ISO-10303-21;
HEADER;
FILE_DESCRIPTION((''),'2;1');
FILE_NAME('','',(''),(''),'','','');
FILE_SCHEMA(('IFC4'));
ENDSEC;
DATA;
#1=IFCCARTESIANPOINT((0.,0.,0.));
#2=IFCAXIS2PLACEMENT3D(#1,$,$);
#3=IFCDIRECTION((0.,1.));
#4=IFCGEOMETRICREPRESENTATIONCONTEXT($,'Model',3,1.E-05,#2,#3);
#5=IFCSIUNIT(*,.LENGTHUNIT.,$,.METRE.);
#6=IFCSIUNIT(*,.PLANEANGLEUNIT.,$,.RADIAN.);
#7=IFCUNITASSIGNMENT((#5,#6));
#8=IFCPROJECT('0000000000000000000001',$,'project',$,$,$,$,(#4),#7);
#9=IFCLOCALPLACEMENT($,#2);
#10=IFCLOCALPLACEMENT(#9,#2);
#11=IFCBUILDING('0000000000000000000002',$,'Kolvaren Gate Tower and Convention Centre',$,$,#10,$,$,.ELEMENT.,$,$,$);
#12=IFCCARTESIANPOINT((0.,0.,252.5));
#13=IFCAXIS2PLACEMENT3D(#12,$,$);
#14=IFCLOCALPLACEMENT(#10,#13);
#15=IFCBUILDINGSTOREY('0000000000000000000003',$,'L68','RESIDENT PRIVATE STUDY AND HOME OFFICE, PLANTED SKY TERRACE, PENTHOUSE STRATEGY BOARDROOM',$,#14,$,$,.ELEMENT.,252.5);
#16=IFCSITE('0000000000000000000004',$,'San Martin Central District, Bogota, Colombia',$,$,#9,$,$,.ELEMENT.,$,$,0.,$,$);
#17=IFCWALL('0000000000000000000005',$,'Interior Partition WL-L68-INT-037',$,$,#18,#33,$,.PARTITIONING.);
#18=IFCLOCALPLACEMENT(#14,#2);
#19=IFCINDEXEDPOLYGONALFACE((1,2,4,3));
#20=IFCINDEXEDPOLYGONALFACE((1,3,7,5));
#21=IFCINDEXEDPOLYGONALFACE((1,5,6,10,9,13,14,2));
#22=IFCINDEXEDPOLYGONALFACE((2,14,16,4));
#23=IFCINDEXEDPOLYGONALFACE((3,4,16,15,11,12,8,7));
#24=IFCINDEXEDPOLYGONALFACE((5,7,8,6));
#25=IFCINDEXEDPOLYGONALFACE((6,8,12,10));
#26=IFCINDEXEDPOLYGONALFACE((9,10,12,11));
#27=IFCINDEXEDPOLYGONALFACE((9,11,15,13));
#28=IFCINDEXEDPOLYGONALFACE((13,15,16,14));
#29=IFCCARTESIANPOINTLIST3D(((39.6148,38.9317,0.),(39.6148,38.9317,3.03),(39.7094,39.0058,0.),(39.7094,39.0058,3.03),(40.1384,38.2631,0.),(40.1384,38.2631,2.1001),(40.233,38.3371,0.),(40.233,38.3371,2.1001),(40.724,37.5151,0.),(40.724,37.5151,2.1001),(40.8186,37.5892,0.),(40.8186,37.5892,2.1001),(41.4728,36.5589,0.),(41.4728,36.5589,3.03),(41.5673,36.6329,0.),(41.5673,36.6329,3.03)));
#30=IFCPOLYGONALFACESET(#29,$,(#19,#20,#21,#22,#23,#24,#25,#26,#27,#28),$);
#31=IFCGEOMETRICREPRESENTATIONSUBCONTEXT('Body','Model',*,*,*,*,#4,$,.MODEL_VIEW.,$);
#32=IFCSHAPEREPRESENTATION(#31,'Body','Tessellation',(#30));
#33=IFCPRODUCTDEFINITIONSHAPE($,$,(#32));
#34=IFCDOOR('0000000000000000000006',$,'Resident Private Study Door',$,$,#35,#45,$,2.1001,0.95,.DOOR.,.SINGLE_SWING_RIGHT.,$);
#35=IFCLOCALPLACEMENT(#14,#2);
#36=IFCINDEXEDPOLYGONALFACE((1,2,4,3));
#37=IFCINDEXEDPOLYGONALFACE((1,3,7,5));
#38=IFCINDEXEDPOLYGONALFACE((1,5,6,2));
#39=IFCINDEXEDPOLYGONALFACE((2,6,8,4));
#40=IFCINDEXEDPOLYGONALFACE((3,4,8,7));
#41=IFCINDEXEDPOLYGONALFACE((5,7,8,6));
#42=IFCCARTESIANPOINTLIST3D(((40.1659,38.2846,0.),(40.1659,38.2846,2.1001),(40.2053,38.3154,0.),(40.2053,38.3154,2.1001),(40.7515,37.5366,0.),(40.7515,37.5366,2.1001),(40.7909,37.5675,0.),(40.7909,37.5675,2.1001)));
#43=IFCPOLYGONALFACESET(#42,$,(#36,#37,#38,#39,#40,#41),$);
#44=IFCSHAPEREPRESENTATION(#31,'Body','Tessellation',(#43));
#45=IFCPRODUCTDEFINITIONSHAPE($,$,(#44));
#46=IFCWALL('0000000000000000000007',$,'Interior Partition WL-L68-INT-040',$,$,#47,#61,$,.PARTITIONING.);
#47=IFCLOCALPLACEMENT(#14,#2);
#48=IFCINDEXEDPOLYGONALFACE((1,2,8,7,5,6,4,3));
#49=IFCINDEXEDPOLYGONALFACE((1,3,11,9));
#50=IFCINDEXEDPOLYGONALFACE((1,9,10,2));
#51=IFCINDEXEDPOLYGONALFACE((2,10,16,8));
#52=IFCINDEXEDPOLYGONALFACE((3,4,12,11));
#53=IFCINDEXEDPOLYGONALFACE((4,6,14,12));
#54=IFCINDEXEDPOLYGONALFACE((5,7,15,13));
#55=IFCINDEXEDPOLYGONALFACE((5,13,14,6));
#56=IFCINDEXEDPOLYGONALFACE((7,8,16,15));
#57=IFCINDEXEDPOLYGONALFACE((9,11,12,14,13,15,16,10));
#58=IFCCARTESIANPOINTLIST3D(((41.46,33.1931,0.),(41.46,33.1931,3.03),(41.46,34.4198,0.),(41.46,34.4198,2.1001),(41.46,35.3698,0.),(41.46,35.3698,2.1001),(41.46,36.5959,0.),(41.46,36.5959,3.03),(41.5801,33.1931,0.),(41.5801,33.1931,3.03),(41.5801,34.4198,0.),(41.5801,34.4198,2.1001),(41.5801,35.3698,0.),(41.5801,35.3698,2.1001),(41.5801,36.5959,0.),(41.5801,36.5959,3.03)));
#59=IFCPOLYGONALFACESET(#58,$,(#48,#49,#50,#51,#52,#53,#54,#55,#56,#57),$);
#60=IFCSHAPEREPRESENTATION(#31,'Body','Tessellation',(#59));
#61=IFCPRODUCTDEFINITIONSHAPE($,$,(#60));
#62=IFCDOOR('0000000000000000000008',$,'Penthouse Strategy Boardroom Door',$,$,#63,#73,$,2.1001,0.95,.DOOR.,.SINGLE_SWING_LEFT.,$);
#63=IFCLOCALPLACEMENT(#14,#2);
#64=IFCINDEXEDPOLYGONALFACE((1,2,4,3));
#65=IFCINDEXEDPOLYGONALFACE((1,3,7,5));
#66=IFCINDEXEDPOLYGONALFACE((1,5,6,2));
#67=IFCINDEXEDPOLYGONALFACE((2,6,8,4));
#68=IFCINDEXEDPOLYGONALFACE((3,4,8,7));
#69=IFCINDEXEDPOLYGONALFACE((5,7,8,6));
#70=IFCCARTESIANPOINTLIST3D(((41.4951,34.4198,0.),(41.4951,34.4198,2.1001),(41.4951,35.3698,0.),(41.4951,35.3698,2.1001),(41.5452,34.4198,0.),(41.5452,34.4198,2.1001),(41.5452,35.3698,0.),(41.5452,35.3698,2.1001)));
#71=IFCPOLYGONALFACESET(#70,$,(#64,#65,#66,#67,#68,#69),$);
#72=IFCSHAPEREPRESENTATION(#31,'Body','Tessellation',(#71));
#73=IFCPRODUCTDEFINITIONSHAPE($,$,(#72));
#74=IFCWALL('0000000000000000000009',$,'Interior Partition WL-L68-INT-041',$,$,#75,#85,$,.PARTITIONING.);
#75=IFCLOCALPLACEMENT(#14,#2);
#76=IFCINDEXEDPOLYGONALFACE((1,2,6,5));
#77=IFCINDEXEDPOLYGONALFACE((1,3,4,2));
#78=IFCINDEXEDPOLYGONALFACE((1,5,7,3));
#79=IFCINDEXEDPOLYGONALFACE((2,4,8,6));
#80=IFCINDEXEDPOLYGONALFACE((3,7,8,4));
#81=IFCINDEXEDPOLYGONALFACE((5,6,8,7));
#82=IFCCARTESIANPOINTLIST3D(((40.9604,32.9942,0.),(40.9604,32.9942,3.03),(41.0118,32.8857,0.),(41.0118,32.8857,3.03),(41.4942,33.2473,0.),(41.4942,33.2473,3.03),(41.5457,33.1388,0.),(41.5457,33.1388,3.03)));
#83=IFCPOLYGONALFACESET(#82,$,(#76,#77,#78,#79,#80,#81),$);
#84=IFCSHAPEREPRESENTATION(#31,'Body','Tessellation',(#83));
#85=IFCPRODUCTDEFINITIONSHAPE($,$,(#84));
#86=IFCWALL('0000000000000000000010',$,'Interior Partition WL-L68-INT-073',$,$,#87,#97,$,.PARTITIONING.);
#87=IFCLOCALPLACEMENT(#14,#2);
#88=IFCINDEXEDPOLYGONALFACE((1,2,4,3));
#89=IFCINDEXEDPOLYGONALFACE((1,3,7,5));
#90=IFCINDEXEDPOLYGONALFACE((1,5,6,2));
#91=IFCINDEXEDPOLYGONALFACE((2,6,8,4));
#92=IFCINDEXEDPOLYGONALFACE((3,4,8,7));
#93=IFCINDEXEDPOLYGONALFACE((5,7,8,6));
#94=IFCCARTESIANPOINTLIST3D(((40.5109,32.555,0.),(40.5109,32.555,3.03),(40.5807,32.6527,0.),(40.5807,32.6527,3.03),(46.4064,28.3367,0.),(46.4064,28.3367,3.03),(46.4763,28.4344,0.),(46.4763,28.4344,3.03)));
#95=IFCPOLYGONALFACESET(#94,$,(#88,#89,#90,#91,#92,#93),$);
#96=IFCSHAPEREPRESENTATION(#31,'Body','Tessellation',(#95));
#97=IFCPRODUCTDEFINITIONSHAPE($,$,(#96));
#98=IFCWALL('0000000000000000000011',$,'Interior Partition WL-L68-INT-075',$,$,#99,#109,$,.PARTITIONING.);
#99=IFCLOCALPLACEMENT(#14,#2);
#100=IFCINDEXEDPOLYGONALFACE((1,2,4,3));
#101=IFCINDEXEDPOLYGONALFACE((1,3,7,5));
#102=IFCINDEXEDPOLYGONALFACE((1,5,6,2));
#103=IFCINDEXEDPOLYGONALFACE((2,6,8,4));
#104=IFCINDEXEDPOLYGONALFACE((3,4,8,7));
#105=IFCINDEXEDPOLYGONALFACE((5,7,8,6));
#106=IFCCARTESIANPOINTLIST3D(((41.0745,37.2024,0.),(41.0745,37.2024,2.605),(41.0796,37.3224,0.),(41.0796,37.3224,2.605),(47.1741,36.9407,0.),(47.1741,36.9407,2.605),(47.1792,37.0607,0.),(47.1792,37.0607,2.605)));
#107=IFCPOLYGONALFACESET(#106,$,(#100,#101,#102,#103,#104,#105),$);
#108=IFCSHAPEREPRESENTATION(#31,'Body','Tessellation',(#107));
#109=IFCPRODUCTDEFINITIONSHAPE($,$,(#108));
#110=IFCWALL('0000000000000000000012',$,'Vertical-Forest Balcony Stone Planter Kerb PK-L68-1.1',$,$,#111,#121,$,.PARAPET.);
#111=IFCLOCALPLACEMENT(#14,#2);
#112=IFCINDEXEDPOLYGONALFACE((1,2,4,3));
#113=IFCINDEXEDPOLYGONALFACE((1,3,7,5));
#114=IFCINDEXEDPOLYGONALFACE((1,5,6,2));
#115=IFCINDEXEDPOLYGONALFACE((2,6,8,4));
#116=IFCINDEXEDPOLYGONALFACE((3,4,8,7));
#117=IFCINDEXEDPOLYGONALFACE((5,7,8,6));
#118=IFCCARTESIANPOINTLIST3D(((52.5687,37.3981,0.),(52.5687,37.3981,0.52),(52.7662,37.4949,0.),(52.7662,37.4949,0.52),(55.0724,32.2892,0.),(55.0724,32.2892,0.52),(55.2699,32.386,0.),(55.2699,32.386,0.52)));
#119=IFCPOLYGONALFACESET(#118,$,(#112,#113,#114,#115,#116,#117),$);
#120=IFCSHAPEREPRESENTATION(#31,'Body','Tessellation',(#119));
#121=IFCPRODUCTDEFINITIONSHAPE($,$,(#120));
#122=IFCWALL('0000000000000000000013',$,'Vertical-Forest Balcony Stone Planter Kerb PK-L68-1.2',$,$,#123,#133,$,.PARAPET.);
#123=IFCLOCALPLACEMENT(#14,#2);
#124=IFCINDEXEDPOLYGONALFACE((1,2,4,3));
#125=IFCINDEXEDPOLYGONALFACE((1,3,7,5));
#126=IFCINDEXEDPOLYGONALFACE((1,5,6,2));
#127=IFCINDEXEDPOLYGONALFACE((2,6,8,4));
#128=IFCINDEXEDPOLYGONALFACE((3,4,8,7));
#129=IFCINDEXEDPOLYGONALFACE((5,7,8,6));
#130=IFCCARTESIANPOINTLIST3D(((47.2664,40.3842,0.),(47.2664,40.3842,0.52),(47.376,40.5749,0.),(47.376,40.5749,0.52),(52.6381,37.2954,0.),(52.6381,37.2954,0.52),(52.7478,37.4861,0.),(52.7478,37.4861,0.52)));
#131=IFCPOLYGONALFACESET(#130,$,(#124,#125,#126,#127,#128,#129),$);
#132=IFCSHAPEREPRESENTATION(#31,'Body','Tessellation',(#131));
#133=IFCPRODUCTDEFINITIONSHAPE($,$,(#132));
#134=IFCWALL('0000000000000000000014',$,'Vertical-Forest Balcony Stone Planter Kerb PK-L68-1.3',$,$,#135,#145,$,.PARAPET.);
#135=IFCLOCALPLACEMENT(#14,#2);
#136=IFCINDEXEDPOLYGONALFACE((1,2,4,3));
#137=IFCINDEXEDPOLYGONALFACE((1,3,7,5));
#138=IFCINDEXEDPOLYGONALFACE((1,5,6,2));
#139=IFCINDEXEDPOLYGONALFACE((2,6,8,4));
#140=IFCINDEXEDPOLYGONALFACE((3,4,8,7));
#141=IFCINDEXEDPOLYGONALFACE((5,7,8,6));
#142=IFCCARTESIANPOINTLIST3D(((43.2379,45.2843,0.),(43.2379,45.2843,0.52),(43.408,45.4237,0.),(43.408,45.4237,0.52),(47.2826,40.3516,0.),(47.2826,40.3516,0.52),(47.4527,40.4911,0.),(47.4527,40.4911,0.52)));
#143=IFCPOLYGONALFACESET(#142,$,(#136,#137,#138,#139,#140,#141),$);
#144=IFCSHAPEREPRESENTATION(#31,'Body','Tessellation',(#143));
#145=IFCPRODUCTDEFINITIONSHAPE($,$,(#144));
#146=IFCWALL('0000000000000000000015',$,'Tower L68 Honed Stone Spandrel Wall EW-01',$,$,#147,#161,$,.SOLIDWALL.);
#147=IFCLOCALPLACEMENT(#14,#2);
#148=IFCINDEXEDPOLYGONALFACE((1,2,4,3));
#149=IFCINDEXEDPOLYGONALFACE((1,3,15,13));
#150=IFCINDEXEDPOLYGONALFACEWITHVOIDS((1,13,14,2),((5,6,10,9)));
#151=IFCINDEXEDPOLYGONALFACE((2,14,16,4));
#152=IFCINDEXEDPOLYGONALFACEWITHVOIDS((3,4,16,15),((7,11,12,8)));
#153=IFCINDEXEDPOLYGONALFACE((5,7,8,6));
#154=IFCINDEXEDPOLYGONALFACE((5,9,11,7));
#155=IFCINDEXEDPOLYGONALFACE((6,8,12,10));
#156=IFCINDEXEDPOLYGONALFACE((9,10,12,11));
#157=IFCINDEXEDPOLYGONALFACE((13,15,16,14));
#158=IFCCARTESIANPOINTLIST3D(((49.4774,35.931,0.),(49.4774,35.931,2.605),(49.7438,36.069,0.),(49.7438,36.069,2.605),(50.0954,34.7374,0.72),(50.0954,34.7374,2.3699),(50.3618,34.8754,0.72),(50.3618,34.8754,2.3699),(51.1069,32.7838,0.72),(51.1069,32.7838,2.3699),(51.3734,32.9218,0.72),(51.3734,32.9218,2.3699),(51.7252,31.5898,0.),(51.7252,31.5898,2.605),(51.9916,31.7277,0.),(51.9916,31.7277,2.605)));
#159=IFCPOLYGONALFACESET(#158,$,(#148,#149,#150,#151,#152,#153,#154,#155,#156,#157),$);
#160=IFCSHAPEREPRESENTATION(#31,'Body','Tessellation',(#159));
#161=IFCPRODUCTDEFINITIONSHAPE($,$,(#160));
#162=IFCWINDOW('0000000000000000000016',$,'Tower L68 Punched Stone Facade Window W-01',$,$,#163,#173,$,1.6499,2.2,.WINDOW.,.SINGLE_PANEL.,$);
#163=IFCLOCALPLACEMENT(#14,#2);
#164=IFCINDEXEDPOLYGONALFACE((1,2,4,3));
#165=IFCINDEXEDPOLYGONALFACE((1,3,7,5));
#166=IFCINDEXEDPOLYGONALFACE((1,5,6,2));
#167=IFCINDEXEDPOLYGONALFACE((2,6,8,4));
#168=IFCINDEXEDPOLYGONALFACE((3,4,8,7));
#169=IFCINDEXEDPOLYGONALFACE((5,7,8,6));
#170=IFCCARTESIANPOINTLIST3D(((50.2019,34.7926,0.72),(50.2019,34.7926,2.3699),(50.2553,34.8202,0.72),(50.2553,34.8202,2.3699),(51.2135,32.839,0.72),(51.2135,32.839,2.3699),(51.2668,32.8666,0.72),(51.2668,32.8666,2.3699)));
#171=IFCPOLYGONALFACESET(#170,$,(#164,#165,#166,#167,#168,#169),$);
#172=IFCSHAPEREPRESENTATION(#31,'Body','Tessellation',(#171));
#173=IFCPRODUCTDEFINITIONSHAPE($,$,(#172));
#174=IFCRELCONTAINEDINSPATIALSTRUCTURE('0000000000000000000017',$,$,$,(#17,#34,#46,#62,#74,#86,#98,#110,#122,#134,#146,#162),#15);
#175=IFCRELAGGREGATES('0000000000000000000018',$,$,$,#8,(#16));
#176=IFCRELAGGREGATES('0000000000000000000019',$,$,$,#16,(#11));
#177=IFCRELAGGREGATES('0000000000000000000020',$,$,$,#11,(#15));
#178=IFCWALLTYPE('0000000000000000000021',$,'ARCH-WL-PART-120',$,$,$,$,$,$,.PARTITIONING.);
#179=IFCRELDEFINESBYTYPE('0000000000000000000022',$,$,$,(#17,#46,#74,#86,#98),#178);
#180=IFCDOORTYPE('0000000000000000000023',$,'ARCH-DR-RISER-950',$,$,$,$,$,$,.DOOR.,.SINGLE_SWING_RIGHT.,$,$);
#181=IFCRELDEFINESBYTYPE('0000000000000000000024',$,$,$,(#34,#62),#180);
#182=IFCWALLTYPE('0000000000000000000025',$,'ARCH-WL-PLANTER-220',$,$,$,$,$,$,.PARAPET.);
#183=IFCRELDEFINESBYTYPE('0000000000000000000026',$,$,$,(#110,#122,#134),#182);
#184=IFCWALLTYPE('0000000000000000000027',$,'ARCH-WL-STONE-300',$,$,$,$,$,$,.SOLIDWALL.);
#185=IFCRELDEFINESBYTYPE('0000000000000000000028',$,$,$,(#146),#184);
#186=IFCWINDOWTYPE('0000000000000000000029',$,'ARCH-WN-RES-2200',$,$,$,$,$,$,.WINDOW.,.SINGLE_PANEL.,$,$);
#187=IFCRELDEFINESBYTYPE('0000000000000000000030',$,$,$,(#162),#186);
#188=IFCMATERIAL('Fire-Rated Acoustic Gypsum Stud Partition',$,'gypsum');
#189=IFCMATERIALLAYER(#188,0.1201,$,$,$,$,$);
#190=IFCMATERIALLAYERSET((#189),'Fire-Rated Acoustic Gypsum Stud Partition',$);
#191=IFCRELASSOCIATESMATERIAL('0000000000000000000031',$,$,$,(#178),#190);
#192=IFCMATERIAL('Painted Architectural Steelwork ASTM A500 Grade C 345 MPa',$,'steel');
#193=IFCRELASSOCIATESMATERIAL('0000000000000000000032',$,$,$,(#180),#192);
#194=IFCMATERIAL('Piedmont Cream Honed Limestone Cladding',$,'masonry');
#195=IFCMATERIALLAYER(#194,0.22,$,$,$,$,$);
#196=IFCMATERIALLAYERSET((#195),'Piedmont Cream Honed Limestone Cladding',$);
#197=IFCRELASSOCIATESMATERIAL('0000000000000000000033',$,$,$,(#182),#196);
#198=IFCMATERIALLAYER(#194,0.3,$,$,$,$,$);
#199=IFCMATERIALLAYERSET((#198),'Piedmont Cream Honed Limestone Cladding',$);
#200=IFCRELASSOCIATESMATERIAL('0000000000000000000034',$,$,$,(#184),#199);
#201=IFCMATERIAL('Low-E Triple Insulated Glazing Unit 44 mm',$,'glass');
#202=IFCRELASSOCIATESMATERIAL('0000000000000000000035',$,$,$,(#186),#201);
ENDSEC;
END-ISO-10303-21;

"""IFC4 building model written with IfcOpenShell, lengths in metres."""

from ifc_helpers import new_model, si_unit, direction, frame, frame_2d, origin, place, context, subcontext, project, spatial, rectangle, extrude, material, layer, layer_set, type_object, element, fill, save


model = new_model("IFC4")

# Units and contexts
model_context = context("Model", 3, precision=1e-05, world=origin(), true_north=direction((0.0, 1.0)))
body_context = subcontext(model_context, "Body", "Model", "MODEL_VIEW")
ifc_project = project(units=[si_unit("LENGTHUNIT", "METRE"), si_unit("PLANEANGLEUNIT", "RADIAN")], contexts=[model_context])

# Site, building, storey
site_placement = place(None, origin())
site = spatial("IfcSite", under=ifc_project, at=site_placement, Name="San Martin Central District, Bogota, Colombia", CompositionType="ELEMENT", RefElevation=0.0)
building_placement = place(site_placement, origin())
building = spatial("IfcBuilding", under=site, at=building_placement, Name="Kolvaren Gate Tower and Convention Centre", CompositionType="ELEMENT")
storey_placement = place(building_placement, frame((0.0, 0.0, 252.5)))
storey = spatial("IfcBuildingStorey", under=building, at=storey_placement, Name="L68", Description="RESIDENT PRIVATE STUDY AND HOME OFFICE, PLANTED SKY TERRACE, PENTHOUSE STRATEGY BOARDROOM", CompositionType="ELEMENT", Elevation=252.5)

# Shared definitions
ifc_material_1 = material(Name="Fire-Rated Acoustic Gypsum Stud Partition", Category="gypsum")
ifc_layer_1 = layer(ifc_material_1, 0.1201)
ifc_layer_set_1 = layer_set([ifc_layer_1], Name="Fire-Rated Acoustic Gypsum Stud Partition")
wall_type_1 = type_object("IfcWallType", Name="ARCH-WL-PART-120", PredefinedType="PARTITIONING", material=ifc_layer_set_1)

# Walls, openings, doors
wall_1_placement = place(storey_placement, frame((39.6621, 38.9688, 0.0), z_axis=(0.0, 0.0, 1.0), x_axis=(0.6165, -0.787355, 0.0)))
wall_1 = element("IfcWall", 1, at=wall_1_placement, inside=storey, type_object=wall_type_1, Name="Interior Partition WL-L68-INT-037", PredefinedType="PARTITIONING", context=body_context, shape_type="SweptSolid", body=[
    extrude(rectangle(XDim=3.0137, YDim=0.1201, at=frame_2d((1.5068, 0.0))), origin(), (0.0, 0.0, 1.0), 3.03),
])
opening_1_placement = place(wall_1_placement, frame((0.8491, 0.0, 0.0)))
opening_1 = element("IfcOpeningElement", 2, at=opening_1_placement, cuts=wall_1, PredefinedType="OPENING", context=body_context, shape_type="SweptSolid", body=[
    extrude(rectangle(XDim=0.95, YDim=2.1001, at=frame_2d((0.4751, 1.05))), frame((0.0, 0.0701, 0.0), z_axis=(0.0, -1.0, 0.0), x_axis=(1.0, 0.0, 0.0)), (0.0, 0.0, 1.0), 0.1401),
])
ifc_material_2 = material(Name="Painted Architectural Steelwork ASTM A500 Grade C 345 MPa", Category="steel")
door_type_1 = type_object("IfcDoorType", Name="ARCH-DR-RISER-950", OperationType="SINGLE_SWING_RIGHT", PredefinedType="DOOR", material=ifc_material_2)
door_1_placement = place(opening_1_placement, origin())
door_1 = element("IfcDoor", 3, at=door_1_placement, inside=storey, type_object=door_type_1, Name="Resident Private Study Door", OperationType="SINGLE_SWING_RIGHT", OverallHeight=2.1001, OverallWidth=0.95, PredefinedType="DOOR", context=body_context, shape_type="SweptSolid", body=[
    extrude(rectangle(XDim=0.95, YDim=2.1001, at=frame_2d((0.4751, 1.05))), frame((0.0, 0.0249, 0.0), z_axis=(0.0, -1.0, 0.0), x_axis=(1.0, 0.0, 0.0)), (0.0, 0.0, 1.0), 0.05),
])
fill(opening_1, door_1)
wall_2_placement = place(storey_placement, frame((41.52, 33.1931, 0.0), z_axis=(0.0, 0.0, 1.0), x_axis=(0.0, 1.0, 0.0)))
wall_2 = element("IfcWall", 4, at=wall_2_placement, inside=storey, type_object=wall_type_1, Name="Interior Partition WL-L68-INT-040", PredefinedType="PARTITIONING", context=body_context, shape_type="SweptSolid", body=[
    extrude(rectangle(XDim=3.4028, YDim=0.1201, at=frame_2d((1.7014, 0.0))), origin(), (0.0, 0.0, 1.0), 3.03),
])
opening_2_placement = place(wall_2_placement, frame((1.2266, 0.0, 0.0)))
opening_2 = element("IfcOpeningElement", 5, at=opening_2_placement, cuts=wall_2, PredefinedType="OPENING", context=body_context, shape_type="SweptSolid", body=[
    extrude(rectangle(XDim=0.95, YDim=2.1001, at=frame_2d((0.4751, 1.05))), frame((0.0, 0.0701, 0.0), z_axis=(0.0, -1.0, 0.0), x_axis=(1.0, 0.0, 0.0)), (0.0, 0.0, 1.0), 0.1401),
])
door_2_placement = place(opening_2_placement, origin())
door_2 = element("IfcDoor", 6, at=door_2_placement, inside=storey, type_object=door_type_1, Name="Penthouse Strategy Boardroom Door", OperationType="SINGLE_SWING_LEFT", OverallHeight=2.1001, OverallWidth=0.95, PredefinedType="DOOR", context=body_context, shape_type="SweptSolid", body=[
    extrude(rectangle(XDim=0.95, YDim=2.1001, at=frame_2d((0.4751, 1.05))), frame((0.0, 0.0249, 0.0), z_axis=(0.0, -1.0, 0.0), x_axis=(1.0, 0.0, 0.0)), (0.0, 0.0, 1.0), 0.05),
])
fill(opening_2, door_2)

# Walls
wall_3_placement = place(storey_placement, frame((40.9861, 32.9399, 0.0), z_axis=(0.0, 0.0, 1.0), x_axis=(0.90357, 0.428442, 0.0)))
element("IfcWall", 7, at=wall_3_placement, inside=storey, type_object=wall_type_1, Name="Interior Partition WL-L68-INT-041", PredefinedType="PARTITIONING", context=body_context, shape_type="SweptSolid", body=[
    extrude(rectangle(XDim=0.5908, YDim=0.1201, at=frame_2d((0.2954, 0.0))), origin(), (0.0, 0.0, 1.0), 3.03),
])
wall_4_placement = place(storey_placement, frame((40.5459, 32.6038, 0.0), z_axis=(0.0, 0.0, 1.0), x_axis=(0.813264, -0.581894, 0.0)))
element("IfcWall", 8, at=wall_4_placement, inside=storey, type_object=wall_type_1, Name="Interior Partition WL-L68-INT-073", PredefinedType="PARTITIONING", context=body_context, shape_type="SweptSolid", body=[
    extrude(rectangle(XDim=7.2493, YDim=0.1201, at=frame_2d((3.6245, 0.0))), origin(), (0.0, 0.0, 1.0), 3.03),
])
wall_5_placement = place(storey_placement, frame((41.0769, 37.2625, 0.0), z_axis=(0.0, 0.0, 1.0), x_axis=(0.999081, -0.042868, 0.0)))
element("IfcWall", 9, at=wall_5_placement, inside=storey, type_object=wall_type_1, Name="Interior Partition WL-L68-INT-075", PredefinedType="PARTITIONING", context=body_context, shape_type="SweptSolid", body=[
    extrude(rectangle(XDim=6.1052, YDim=0.1201, at=frame_2d((3.0527, 0.0))), origin(), (0.0, 0.0, 1.0), 2.605),
])
ifc_material_3 = material(Name="Piedmont Cream Honed Limestone Cladding", Category="masonry")
ifc_layer_2 = layer(ifc_material_3, 0.22)
ifc_layer_set_2 = layer_set([ifc_layer_2], Name="Piedmont Cream Honed Limestone Cladding")
wall_type_2 = type_object("IfcWallType", Name="ARCH-WL-PLANTER-220", PredefinedType="PARAPET", material=ifc_layer_set_2)
wall_6_placement = place(storey_placement, frame((52.6675, 37.4465, 0.0), z_axis=(0.0, 0.0, 1.0), x_axis=(0.440059, -0.897969, 0.0)))
element("IfcWall", 10, at=wall_6_placement, inside=storey, type_object=wall_type_2, Name="Vertical-Forest Balcony Stone Planter Kerb PK-L68-1.1", PredefinedType="PARAPET", context=body_context, shape_type="SweptSolid", body=[
    extrude(rectangle(XDim=5.6895, YDim=0.22, at=frame_2d((2.8447, 0.0))), origin(), (0.0, 0.0, 1.0), 0.52),
])
wall_7_placement = place(storey_placement, frame((47.3213, 40.4795, 0.0), z_axis=(0.0, 0.0, 1.0), x_axis=(0.866902, -0.498479, 0.0)))
element("IfcWall", 11, at=wall_7_placement, inside=storey, type_object=wall_type_2, Name="Vertical-Forest Balcony Stone Planter Kerb PK-L68-1.2", PredefinedType="PARAPET", context=body_context, shape_type="SweptSolid", body=[
    extrude(rectangle(XDim=6.1965, YDim=0.22, at=frame_2d((3.0981, 0.0))), origin(), (0.0, 0.0, 1.0), 0.52),
])
wall_8_placement = place(storey_placement, frame((43.323, 45.354, 0.0), z_axis=(0.0, 0.0, 1.0), x_axis=(0.634073, -0.773273, 0.0)))
element("IfcWall", 12, at=wall_8_placement, inside=storey, type_object=wall_type_2, Name="Vertical-Forest Balcony Stone Planter Kerb PK-L68-1.3", PredefinedType="PARAPET", context=body_context, shape_type="SweptSolid", body=[
    extrude(rectangle(XDim=6.3789, YDim=0.22, at=frame_2d((3.1895, 0.0))), origin(), (0.0, 0.0, 1.0), 0.52),
])

# Wall, opening, window
ifc_layer_3 = layer(ifc_material_3, 0.3)
ifc_layer_set_3 = layer_set([ifc_layer_3], Name="Piedmont Cream Honed Limestone Cladding")
wall_type_3 = type_object("IfcWallType", Name="ARCH-WL-STONE-300", PredefinedType="SOLIDWALL", material=ifc_layer_set_3)
wall_9_placement = place(storey_placement, frame((49.6106, 36.0, 0.0), z_axis=(0.0, 0.0, 1.0), x_axis=(0.459794, -0.888026, 0.0)))
wall_9 = element("IfcWall", 13, at=wall_9_placement, inside=storey, type_object=wall_type_3, Name="Tower L68 Honed Stone Spandrel Wall EW-01", PredefinedType="SOLIDWALL", context=body_context, shape_type="SweptSolid", body=[
    extrude(rectangle(XDim=4.8887, YDim=0.3, at=frame_2d((2.4443, 0.0))), origin(), (0.0, 0.0, 1.0), 2.605),
])
opening_3_placement = place(wall_9_placement, frame((1.344, 0.0, 0.72)))
opening_3 = element("IfcOpeningElement", 14, at=opening_3_placement, cuts=wall_9, PredefinedType="OPENING", context=body_context, shape_type="SweptSolid", body=[
    extrude(rectangle(XDim=2.2, YDim=1.6499, at=frame_2d((1.1001, 0.825))), frame((0.0, 0.1599, 0.0), z_axis=(0.0, -1.0, 0.0), x_axis=(1.0, 0.0, 0.0)), (0.0, 0.0, 1.0), 0.3201),
])
ifc_material_4 = material(Name="Low-E Triple Insulated Glazing Unit 44 mm", Category="glass")
window_type = type_object("IfcWindowType", Name="ARCH-WN-RES-2200", PartitioningType="SINGLE_PANEL", PredefinedType="WINDOW", material=ifc_material_4)
window_1_placement = place(opening_3_placement, origin())
window_1 = element("IfcWindow", 15, at=window_1_placement, inside=storey, type_object=window_type, Name="Tower L68 Punched Stone Facade Window W-01", OverallHeight=1.6499, OverallWidth=2.2, PartitioningType="SINGLE_PANEL", PredefinedType="WINDOW", context=body_context, shape_type="SweptSolid", body=[
    extrude(rectangle(XDim=2.2, YDim=1.6499, at=frame_2d((1.1001, 0.825))), frame((0.0, 0.03, 0.0), z_axis=(0.0, -1.0, 0.0), x_axis=(1.0, 0.0, 0.0)), (0.0, 0.0, 1.0), 0.0601),
])
fill(opening_3, window_1)

save(model, "model.ifc")
